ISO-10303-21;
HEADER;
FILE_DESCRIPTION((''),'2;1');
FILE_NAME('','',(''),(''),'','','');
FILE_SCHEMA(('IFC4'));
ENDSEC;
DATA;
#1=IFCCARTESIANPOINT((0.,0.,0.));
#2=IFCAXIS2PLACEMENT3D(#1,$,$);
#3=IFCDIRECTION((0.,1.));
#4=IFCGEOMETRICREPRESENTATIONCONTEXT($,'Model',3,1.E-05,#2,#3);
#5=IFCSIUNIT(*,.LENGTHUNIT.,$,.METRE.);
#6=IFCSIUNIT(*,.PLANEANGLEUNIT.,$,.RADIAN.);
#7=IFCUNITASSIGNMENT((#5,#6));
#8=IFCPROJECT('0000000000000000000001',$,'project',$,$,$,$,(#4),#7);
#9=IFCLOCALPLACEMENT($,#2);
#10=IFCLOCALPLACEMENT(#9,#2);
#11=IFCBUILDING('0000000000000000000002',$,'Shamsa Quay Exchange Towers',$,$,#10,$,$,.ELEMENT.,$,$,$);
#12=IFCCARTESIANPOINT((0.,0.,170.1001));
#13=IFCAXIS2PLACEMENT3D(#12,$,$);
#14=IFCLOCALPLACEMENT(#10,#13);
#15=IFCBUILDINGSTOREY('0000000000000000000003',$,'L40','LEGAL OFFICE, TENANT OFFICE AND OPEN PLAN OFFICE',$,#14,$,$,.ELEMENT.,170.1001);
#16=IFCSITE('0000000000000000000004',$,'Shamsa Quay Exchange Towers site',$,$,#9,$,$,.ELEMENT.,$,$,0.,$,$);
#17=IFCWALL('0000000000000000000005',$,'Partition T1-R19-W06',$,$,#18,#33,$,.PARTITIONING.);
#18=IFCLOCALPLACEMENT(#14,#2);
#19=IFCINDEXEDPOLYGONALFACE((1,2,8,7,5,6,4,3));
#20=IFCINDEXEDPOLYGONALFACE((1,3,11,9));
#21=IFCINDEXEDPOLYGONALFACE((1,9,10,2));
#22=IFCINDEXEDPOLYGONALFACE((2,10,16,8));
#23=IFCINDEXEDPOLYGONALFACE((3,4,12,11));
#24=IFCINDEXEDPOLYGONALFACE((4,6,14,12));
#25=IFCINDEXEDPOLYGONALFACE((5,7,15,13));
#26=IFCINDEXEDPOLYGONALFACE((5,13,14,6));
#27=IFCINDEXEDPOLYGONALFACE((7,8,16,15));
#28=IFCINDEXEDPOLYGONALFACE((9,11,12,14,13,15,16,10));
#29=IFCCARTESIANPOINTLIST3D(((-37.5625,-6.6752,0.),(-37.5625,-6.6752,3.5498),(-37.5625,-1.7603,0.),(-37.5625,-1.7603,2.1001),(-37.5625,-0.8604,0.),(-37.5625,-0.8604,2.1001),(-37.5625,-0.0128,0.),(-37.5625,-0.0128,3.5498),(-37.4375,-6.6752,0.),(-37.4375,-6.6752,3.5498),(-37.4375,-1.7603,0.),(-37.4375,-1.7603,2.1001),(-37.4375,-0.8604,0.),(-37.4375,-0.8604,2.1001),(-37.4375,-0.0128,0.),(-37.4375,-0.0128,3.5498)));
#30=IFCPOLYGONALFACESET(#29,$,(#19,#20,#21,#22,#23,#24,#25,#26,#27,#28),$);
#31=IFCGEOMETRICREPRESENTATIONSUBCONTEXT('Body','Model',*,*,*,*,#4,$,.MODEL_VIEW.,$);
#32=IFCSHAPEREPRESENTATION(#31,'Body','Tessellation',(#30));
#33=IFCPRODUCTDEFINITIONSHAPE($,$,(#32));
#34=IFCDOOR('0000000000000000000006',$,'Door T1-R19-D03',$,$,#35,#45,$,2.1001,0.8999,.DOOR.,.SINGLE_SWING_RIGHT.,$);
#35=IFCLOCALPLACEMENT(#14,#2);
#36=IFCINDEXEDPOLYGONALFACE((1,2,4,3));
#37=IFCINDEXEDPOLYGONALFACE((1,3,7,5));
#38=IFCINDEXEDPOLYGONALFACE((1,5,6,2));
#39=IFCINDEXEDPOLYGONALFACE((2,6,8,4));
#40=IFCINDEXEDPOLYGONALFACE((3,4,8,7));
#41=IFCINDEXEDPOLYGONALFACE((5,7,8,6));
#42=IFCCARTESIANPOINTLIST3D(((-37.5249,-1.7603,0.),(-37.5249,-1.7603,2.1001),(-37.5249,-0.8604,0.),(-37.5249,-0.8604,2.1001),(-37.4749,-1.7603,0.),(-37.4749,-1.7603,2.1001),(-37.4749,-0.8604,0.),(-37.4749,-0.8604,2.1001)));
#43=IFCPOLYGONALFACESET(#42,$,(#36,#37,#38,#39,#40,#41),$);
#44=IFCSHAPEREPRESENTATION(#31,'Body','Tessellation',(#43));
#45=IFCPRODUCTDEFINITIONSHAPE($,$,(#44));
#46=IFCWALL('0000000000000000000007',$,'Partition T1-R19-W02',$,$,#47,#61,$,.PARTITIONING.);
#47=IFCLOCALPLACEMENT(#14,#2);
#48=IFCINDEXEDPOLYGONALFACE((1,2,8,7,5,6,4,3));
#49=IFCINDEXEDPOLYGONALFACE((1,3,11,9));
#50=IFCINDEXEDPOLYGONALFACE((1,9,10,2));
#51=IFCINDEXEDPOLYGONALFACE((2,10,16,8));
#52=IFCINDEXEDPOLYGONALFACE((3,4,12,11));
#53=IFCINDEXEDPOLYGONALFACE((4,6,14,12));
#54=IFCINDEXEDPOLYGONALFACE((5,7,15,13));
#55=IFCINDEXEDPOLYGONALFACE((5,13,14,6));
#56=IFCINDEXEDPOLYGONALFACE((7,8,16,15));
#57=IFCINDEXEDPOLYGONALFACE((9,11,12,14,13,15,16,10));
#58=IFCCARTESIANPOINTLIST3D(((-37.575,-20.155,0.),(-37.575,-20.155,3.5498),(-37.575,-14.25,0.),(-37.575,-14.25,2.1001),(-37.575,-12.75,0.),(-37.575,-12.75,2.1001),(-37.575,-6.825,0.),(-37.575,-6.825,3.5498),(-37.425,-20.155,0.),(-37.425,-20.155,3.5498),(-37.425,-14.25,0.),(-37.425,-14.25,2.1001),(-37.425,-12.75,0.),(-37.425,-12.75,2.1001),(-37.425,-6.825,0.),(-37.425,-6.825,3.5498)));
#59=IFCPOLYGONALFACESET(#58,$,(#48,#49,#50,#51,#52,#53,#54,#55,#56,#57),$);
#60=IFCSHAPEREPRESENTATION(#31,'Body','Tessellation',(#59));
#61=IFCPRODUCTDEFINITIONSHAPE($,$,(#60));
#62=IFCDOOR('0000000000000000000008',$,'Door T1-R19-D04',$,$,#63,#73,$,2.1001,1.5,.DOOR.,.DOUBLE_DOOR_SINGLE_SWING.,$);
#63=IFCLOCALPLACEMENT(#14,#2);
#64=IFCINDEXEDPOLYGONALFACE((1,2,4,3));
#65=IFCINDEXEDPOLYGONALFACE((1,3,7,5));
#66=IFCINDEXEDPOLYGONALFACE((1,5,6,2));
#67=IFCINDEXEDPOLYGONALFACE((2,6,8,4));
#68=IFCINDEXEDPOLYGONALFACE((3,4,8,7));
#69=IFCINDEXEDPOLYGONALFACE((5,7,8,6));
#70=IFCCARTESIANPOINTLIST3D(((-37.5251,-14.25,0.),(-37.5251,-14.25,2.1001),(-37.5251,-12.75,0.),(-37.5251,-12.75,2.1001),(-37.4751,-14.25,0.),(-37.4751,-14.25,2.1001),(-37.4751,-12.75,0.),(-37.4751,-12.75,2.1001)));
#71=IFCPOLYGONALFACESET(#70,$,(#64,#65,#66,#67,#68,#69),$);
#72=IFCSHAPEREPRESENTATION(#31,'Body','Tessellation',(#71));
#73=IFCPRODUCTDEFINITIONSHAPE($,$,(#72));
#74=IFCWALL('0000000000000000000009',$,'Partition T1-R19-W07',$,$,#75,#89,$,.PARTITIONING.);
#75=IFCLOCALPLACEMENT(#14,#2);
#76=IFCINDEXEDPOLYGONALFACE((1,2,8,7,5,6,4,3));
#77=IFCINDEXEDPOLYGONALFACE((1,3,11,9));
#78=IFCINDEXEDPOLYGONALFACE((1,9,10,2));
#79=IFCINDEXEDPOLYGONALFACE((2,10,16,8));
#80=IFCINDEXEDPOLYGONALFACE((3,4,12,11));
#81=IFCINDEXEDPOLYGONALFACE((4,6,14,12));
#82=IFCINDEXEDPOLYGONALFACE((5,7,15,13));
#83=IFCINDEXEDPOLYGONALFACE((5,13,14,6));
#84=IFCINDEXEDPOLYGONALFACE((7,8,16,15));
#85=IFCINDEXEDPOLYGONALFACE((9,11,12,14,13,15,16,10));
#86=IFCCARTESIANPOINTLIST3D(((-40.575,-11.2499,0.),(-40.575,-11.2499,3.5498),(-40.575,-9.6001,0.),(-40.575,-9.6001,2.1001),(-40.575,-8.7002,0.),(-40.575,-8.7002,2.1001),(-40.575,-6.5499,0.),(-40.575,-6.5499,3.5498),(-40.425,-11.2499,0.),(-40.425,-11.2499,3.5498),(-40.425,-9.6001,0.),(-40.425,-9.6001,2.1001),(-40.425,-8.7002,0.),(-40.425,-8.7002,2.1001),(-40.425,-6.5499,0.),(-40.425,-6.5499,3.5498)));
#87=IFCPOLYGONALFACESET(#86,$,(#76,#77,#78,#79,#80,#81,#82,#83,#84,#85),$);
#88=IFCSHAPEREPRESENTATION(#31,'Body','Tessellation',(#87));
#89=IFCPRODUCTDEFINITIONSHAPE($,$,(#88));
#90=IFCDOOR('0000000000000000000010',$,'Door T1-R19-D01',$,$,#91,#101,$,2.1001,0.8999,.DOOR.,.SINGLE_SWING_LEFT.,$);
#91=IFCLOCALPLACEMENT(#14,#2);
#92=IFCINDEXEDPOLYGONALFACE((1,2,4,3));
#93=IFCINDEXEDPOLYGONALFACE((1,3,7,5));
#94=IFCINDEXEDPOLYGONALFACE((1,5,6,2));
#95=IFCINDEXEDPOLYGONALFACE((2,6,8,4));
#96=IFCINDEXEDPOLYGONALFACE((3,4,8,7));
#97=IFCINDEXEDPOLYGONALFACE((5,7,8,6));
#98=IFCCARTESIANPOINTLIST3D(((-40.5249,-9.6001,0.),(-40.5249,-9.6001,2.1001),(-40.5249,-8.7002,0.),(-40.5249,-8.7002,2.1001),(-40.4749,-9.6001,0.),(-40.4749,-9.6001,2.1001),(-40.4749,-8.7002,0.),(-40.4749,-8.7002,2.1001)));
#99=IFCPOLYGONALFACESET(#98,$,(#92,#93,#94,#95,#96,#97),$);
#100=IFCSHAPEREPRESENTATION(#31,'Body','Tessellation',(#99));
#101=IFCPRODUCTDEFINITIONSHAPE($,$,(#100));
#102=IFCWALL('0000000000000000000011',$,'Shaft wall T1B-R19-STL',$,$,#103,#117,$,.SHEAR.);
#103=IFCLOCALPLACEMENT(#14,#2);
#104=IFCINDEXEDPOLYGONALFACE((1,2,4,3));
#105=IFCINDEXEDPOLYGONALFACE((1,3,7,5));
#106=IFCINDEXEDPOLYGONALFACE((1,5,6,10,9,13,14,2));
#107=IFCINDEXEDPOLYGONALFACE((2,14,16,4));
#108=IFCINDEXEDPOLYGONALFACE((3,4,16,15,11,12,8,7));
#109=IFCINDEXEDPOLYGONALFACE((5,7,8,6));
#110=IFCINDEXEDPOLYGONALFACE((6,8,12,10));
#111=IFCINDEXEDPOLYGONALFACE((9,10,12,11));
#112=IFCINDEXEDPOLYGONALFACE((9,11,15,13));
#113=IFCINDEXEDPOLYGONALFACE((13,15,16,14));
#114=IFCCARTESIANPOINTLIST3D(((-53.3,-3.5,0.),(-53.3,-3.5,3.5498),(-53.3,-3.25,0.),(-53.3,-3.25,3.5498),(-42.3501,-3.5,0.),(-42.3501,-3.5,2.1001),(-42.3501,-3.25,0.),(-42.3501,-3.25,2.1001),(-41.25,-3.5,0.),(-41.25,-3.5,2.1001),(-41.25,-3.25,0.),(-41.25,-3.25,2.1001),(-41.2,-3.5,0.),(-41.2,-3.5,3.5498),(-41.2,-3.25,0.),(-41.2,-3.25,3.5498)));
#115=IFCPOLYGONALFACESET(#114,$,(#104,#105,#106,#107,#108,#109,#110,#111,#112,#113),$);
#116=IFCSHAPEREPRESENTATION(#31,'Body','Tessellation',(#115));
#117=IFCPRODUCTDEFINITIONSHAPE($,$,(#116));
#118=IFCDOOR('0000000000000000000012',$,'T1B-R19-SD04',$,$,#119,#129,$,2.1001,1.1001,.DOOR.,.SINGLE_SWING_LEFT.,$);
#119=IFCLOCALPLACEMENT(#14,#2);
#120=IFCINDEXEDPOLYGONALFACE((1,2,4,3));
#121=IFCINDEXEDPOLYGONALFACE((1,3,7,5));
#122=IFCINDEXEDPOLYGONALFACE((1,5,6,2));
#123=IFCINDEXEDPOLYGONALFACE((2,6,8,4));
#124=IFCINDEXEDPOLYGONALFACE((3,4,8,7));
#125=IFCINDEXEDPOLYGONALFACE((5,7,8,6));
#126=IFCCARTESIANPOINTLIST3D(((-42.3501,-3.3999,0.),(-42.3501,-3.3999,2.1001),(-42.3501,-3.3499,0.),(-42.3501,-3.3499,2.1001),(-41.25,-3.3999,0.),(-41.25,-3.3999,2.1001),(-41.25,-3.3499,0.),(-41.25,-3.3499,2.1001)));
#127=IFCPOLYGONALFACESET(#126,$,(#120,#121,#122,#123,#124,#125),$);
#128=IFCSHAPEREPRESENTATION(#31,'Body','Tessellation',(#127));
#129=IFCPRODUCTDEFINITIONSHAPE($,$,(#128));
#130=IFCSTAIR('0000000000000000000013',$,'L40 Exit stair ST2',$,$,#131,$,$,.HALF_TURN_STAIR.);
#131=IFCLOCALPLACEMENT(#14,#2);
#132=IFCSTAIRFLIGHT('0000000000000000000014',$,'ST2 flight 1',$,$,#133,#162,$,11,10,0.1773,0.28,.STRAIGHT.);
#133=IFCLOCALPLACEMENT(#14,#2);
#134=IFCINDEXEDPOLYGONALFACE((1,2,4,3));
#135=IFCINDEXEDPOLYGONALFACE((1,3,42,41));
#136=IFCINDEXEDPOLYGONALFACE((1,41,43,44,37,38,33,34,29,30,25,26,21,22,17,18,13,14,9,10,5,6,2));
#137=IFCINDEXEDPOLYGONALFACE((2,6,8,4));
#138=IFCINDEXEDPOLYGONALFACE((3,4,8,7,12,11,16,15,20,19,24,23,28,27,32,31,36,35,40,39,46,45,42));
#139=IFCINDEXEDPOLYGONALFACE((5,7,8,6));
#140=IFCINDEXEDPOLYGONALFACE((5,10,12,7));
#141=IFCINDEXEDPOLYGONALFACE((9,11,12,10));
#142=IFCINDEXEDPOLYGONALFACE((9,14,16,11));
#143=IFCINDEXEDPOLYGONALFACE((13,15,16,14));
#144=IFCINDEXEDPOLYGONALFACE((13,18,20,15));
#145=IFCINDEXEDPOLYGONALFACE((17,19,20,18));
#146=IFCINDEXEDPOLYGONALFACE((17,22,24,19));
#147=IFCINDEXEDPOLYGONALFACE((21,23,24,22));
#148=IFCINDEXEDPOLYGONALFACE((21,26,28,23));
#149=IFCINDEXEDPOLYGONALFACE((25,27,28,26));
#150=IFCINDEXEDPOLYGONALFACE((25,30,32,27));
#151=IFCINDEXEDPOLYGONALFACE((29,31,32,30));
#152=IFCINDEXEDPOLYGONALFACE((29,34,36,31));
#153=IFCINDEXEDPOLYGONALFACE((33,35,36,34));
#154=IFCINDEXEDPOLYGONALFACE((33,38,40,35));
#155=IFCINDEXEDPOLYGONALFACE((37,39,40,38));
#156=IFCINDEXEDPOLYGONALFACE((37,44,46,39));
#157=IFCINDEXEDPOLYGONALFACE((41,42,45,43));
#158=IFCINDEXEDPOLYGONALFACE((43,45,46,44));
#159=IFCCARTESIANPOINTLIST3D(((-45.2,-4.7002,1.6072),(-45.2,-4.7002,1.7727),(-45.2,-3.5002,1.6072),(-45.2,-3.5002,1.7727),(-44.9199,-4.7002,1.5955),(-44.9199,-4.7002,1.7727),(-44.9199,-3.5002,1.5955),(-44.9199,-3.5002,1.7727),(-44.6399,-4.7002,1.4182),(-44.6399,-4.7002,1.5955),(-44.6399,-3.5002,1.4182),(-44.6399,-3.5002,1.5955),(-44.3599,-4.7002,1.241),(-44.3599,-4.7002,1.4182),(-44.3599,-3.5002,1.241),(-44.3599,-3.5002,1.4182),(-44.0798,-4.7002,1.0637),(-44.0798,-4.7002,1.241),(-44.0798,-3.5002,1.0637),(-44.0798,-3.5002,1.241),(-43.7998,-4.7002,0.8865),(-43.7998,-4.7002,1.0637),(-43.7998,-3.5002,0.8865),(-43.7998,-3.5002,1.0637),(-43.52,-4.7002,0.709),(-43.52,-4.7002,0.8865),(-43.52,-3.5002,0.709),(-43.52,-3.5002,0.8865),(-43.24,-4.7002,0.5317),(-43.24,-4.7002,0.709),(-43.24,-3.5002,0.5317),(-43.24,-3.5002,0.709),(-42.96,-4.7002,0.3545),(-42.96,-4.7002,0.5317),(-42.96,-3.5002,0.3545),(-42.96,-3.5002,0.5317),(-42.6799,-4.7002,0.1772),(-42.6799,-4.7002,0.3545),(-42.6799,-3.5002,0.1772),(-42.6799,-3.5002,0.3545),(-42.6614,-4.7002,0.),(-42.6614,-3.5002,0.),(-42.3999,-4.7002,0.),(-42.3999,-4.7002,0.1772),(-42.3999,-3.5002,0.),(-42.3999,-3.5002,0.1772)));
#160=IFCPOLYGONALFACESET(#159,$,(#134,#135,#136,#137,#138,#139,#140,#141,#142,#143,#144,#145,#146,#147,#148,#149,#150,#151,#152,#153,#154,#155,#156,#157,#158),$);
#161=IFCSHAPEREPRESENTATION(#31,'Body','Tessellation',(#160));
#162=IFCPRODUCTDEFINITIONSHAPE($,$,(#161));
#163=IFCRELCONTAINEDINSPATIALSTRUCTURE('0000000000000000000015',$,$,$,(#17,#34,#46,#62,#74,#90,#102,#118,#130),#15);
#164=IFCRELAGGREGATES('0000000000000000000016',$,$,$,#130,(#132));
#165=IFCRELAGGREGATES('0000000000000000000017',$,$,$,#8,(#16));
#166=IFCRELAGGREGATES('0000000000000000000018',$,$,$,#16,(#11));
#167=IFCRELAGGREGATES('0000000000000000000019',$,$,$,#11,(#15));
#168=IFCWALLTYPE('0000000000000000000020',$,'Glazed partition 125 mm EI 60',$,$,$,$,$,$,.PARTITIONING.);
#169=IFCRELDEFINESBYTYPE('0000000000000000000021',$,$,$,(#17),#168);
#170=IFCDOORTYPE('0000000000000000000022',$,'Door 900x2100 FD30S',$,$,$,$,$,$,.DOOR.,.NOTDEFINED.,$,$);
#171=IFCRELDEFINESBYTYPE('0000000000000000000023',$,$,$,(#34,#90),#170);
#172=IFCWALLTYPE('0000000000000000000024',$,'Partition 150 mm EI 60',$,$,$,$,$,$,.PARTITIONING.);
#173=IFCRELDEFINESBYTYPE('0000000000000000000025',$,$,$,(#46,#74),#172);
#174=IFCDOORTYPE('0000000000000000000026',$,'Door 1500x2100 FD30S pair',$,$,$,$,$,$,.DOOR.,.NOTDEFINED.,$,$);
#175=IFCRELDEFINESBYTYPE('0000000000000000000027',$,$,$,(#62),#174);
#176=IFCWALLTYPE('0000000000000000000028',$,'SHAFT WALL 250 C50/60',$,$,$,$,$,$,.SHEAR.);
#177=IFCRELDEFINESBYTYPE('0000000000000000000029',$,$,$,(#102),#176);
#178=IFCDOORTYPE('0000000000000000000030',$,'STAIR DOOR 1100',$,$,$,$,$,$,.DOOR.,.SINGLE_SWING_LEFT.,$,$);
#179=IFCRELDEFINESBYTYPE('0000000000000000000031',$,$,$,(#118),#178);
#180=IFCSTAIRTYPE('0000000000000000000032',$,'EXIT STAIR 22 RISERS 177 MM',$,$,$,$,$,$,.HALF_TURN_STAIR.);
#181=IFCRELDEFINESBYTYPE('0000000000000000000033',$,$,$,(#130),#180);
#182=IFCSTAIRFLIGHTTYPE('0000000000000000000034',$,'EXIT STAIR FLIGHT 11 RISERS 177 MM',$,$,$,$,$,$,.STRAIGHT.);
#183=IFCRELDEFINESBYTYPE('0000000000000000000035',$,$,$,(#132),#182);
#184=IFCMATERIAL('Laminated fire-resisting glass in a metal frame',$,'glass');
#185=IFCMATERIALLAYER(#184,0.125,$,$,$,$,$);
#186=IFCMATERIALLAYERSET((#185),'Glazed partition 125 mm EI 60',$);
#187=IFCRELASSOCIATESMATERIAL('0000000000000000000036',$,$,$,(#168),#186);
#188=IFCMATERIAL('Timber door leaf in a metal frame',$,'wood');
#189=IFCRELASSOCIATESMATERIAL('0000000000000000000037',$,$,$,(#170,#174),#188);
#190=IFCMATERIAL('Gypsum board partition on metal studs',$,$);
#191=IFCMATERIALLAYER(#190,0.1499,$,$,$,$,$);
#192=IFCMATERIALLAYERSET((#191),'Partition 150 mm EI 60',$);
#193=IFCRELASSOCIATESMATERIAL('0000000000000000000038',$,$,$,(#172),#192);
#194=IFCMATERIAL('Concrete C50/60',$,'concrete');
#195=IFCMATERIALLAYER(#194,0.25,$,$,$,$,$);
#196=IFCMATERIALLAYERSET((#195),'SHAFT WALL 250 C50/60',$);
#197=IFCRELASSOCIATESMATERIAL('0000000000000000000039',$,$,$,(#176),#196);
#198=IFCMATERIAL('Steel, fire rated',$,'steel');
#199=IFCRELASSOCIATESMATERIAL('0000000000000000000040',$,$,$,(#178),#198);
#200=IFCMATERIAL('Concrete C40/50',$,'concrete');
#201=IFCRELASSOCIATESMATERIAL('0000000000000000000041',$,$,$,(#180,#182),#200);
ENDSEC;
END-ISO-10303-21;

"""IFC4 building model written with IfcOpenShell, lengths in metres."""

from ifc_helpers import new_model, si_unit, direction, frame, frame_2d, origin, place, context, subcontext, project, spatial, polyline, rectangle, outline, extrude, material, layer, layer_set, type_object, element, fill, aggregate, save


model = new_model("IFC4")

# Units and contexts
model_context = context("Model", 3, precision=1e-05, world=origin(), true_north=direction((0.0, 1.0)))
body_context = subcontext(model_context, "Body", "Model", "MODEL_VIEW")
ifc_project = project(units=[si_unit("LENGTHUNIT", "METRE"), si_unit("PLANEANGLEUNIT", "RADIAN")], contexts=[model_context])

# Site, building, storey
site_placement = place(None, origin())
site = spatial("IfcSite", under=ifc_project, at=site_placement, Name="Shamsa Quay Exchange Towers site", CompositionType="ELEMENT", RefElevation=0.0)
building_placement = place(site_placement, origin())
building = spatial("IfcBuilding", under=site, at=building_placement, Name="Shamsa Quay Exchange Towers", CompositionType="ELEMENT")
storey_placement = place(building_placement, frame((0.0, 0.0, 170.1001)))
storey = spatial("IfcBuildingStorey", under=building, at=storey_placement, Name="L40", Description="LEGAL OFFICE, TENANT OFFICE AND OPEN PLAN OFFICE", CompositionType="ELEMENT", Elevation=170.1001)

# Walls, openings, doors
ifc_material_1 = material(Name="Steel, fire rated", Category="steel")
ifc_material_2 = material(Name="Laminated fire-resisting glass in a metal frame", Category="glass")
ifc_layer_1 = layer(ifc_material_2, 0.125)
ifc_layer_set_1 = layer_set([ifc_layer_1], Name="Glazed partition 125 mm EI 60")
wall_type_1 = type_object("IfcWallType", Name="Glazed partition 125 mm EI 60", PredefinedType="PARTITIONING", material=ifc_layer_set_1)
wall_1_placement = place(storey_placement, frame((-37.5, -6.675, 0.0), z_axis=(0.0, 0.0, 1.0), x_axis=(0.0, 1.0, 0.0)))
wall_1 = element("IfcWall", 1, at=wall_1_placement, inside=storey, type_object=wall_type_1, Name="Partition T1-R19-W06", PredefinedType="PARTITIONING", context=body_context, shape_type="SweptSolid", body=[
    extrude(rectangle(XDim=6.6624, YDim=0.125, at=frame_2d((3.3311, 0.0))), origin(), (0.0, 0.0, 1.0), 3.5498),
])
opening_1_placement = place(wall_1_placement, frame((4.9148, 0.0, 0.0)))
opening_1 = element("IfcOpeningElement", 2, at=opening_1_placement, cuts=wall_1, PredefinedType="OPENING", context=body_context, shape_type="SweptSolid", body=[
    extrude(rectangle(XDim=0.8999, YDim=2.1001, at=frame_2d((0.45, 1.05))), frame((0.0, 0.0725, 0.0), z_axis=(0.0, -1.0, 0.0), x_axis=(1.0, 0.0, 0.0)), (0.0, 0.0, 1.0), 0.145),
])
ifc_material_3 = material(Name="Timber door leaf in a metal frame", Category="wood")
door_type_1 = type_object("IfcDoorType", Name="Door 900x2100 FD30S", OperationType="NOTDEFINED", PredefinedType="DOOR", material=ifc_material_3)
door_1_placement = place(opening_1_placement, origin())
door_1 = element("IfcDoor", 3, at=door_1_placement, inside=storey, type_object=door_type_1, Name="Door T1-R19-D03", OperationType="SINGLE_SWING_RIGHT", OverallHeight=2.1001, OverallWidth=0.8999, PredefinedType="DOOR", context=body_context, shape_type="SweptSolid", body=[
    extrude(rectangle(XDim=0.8999, YDim=2.1001, at=frame_2d((0.45, 1.05))), frame((0.0, 0.0249, 0.0), z_axis=(0.0, -1.0, 0.0), x_axis=(1.0, 0.0, 0.0)), (0.0, 0.0, 1.0), 0.05),
])
fill(opening_1, door_1)
ifc_material_4 = material(Name="Gypsum board partition on metal studs")
ifc_layer_2 = layer(ifc_material_4, 0.1499)
ifc_layer_set_2 = layer_set([ifc_layer_2], Name="Partition 150 mm EI 60")
wall_type_2 = type_object("IfcWallType", Name="Partition 150 mm EI 60", PredefinedType="PARTITIONING", material=ifc_layer_set_2)
wall_2_placement = place(storey_placement, frame((-37.5, -6.825, 0.0), z_axis=(0.0, 0.0, 1.0), x_axis=(0.0, -1.0, 0.0)))
wall_2 = element("IfcWall", 4, at=wall_2_placement, inside=storey, type_object=wall_type_2, Name="Partition T1-R19-W02", PredefinedType="PARTITIONING", context=body_context, shape_type="SweptSolid", body=[
    extrude(rectangle(XDim=13.3301, YDim=0.1499, at=frame_2d((6.665, 0.0))), origin(), (0.0, 0.0, 1.0), 3.5498),
])
opening_2_placement = place(wall_2_placement, frame((5.925, 0.0, 0.0)))
opening_2 = element("IfcOpeningElement", 5, at=opening_2_placement, cuts=wall_2, PredefinedType="OPENING", context=body_context, shape_type="SweptSolid", body=[
    extrude(rectangle(XDim=1.5, YDim=2.1001, at=frame_2d((0.75, 1.05))), frame((0.0, 0.085, 0.0), z_axis=(0.0, -1.0, 0.0), x_axis=(1.0, 0.0, 0.0)), (0.0, 0.0, 1.0), 0.1699),
])
door_type_2 = type_object("IfcDoorType", Name="Door 1500x2100 FD30S pair", OperationType="NOTDEFINED", PredefinedType="DOOR", material=ifc_material_3)
door_2_placement = place(opening_2_placement, origin())
door_2 = element("IfcDoor", 6, at=door_2_placement, inside=storey, type_object=door_type_2, Name="Door T1-R19-D04", OperationType="DOUBLE_DOOR_SINGLE_SWING", OverallHeight=2.1001, OverallWidth=1.5, PredefinedType="DOOR", context=body_context, shape_type="SweptSolid", body=[
    extrude(rectangle(XDim=1.5, YDim=2.1001, at=frame_2d((0.75, 1.05))), frame((0.0, 0.0249, 0.0), z_axis=(0.0, -1.0, 0.0), x_axis=(1.0, 0.0, 0.0)), (0.0, 0.0, 1.0), 0.05),
])
fill(opening_2, door_2)
wall_3_placement = place(storey_placement, frame((-40.5, -11.25, 0.0), z_axis=(0.0, 0.0, 1.0), x_axis=(0.0, 1.0, 0.0)))
wall_3 = element("IfcWall", 7, at=wall_3_placement, inside=storey, type_object=wall_type_2, Name="Partition T1-R19-W07", PredefinedType="PARTITIONING", context=body_context, shape_type="SweptSolid", body=[
    extrude(rectangle(XDim=4.7, YDim=0.1499, at=frame_2d((2.3501, 0.0))), origin(), (0.0, 0.0, 1.0), 3.5498),
])
opening_3_placement = place(wall_3_placement, frame((1.6499, 0.0, 0.0)))
opening_3 = element("IfcOpeningElement", 8, at=opening_3_placement, cuts=wall_3, PredefinedType="OPENING", context=body_context, shape_type="SweptSolid", body=[
    extrude(rectangle(XDim=0.8999, YDim=2.1001, at=frame_2d((0.45, 1.05))), frame((0.0, 0.085, 0.0), z_axis=(0.0, -1.0, 0.0), x_axis=(1.0, 0.0, 0.0)), (0.0, 0.0, 1.0), 0.1699),
])
door_3_placement = place(opening_3_placement, origin())
door_3 = element("IfcDoor", 9, at=door_3_placement, inside=storey, type_object=door_type_1, Name="Door T1-R19-D01", OperationType="SINGLE_SWING_LEFT", OverallHeight=2.1001, OverallWidth=0.8999, PredefinedType="DOOR", context=body_context, shape_type="SweptSolid", body=[
    extrude(rectangle(XDim=0.8999, YDim=2.1001, at=frame_2d((0.45, 1.05))), frame((0.0, 0.0249, 0.0), z_axis=(0.0, -1.0, 0.0), x_axis=(1.0, 0.0, 0.0)), (0.0, 0.0, 1.0), 0.05),
])
fill(opening_3, door_3)
ifc_material_5 = material(Name="Concrete C50/60", Category="concrete")
ifc_layer_3 = layer(ifc_material_5, 0.25)
ifc_layer_set_3 = layer_set([ifc_layer_3], Name="SHAFT WALL 250 C50/60")
wall_type_3 = type_object("IfcWallType", Name="SHAFT WALL 250 C50/60", PredefinedType="SHEAR", material=ifc_layer_set_3)
wall_4_placement = place(storey_placement, frame((-41.2, -3.375, 0.0), z_axis=(0.0, 0.0, 1.0), x_axis=(-1.0, 0.0, 0.0)))
wall_4 = element("IfcWall", 10, at=wall_4_placement, inside=storey, type_object=wall_type_3, Name="Shaft wall T1B-R19-STL", PredefinedType="SHEAR", context=body_context, shape_type="SweptSolid", body=[
    extrude(rectangle(XDim=12.1001, YDim=0.25, at=frame_2d((6.05, 0.0))), origin(), (0.0, 0.0, 1.0), 3.5498),
])
opening_4_placement = place(wall_4_placement, frame((0.05, 0.0, 0.0)))
opening_4 = element("IfcOpeningElement", 11, at=opening_4_placement, cuts=wall_4, PredefinedType="OPENING", context=body_context, shape_type="SweptSolid", body=[
    extrude(rectangle(XDim=1.1001, YDim=2.1001, at=frame_2d((0.55, 1.05))), frame((0.0, 0.135, 0.0), z_axis=(0.0, -1.0, 0.0), x_axis=(1.0, 0.0, 0.0)), (0.0, 0.0, 1.0), 0.27),
])
door_type_3 = type_object("IfcDoorType", Name="STAIR DOOR 1100", OperationType="SINGLE_SWING_LEFT", PredefinedType="DOOR", material=ifc_material_1)
door_4_placement = place(opening_4_placement, origin())
door_4 = element("IfcDoor", 12, at=door_4_placement, inside=storey, type_object=door_type_3, Name="T1B-R19-SD04", OperationType="SINGLE_SWING_LEFT", OverallHeight=2.1001, OverallWidth=1.1001, PredefinedType="DOOR", context=body_context, shape_type="SweptSolid", body=[
    extrude(rectangle(XDim=1.1001, YDim=2.1001, at=frame_2d((0.55, 1.05))), frame((0.0, 0.0249, 0.0), z_axis=(0.0, -1.0, 0.0), x_axis=(1.0, 0.0, 0.0)), (0.0, 0.0, 1.0), 0.05),
])
fill(opening_4, door_4)

# Stair, stair flight
ifc_material_6 = material(Name="Concrete C40/50", Category="concrete")
stair_type = type_object("IfcStairType", Name="EXIT STAIR 22 RISERS 177 MM", PredefinedType="HALF_TURN_STAIR", material=ifc_material_6)
stair_placement = place(storey_placement, origin())
stair = element("IfcStair", 13, at=stair_placement, inside=storey, type_object=stair_type, Name="L40 Exit stair ST2", PredefinedType="HALF_TURN_STAIR")
stair_flight_type = type_object("IfcStairFlightType", Name="EXIT STAIR FLIGHT 11 RISERS 177 MM", PredefinedType="STRAIGHT", material=ifc_material_6)
stair_flight_placement = place(storey_placement, frame((-42.3999, -4.1001, 0.0), z_axis=(0.0, 0.0, 1.0), x_axis=(-1.0, 0.0, 0.0)))
stair_flight = element("IfcStairFlight", 14, at=stair_flight_placement, type_object=stair_flight_type, Name="ST2 flight 1", NumberOfRisers=11, NumberOfTreads=10, PredefinedType="STRAIGHT", RiserHeight=0.1773, TreadLength=0.28, context=body_context, shape_type="SweptSolid", body=[
    extrude(outline(polyline([(0.0, 0.0), (0.0, 0.1772), (0.28, 0.1772), (0.28, 0.3545), (0.5601, 0.3545), (0.5601, 0.5317), (0.8401, 0.5317), (0.8401, 0.709), (1.1201, 0.709), (1.1201, 0.8865), (1.3999, 0.8865), (1.3999, 1.0637), (1.6799, 1.0637), (1.6799, 1.241), (1.96, 1.241), (1.96, 1.4182), (2.24, 1.4182), (2.24, 1.5955), (2.52, 1.5955), (2.52, 1.7727), (2.8, 1.7727), (2.8, 1.95), (2.8, 1.6072), (0.2615, 0.0), (0.0, 0.0)])), frame((0.0, 0.6001, 0.0), z_axis=(0.0, -1.0, 0.0), x_axis=(1.0, 0.0, 0.0)), (0.0, 0.0, 1.0), 1.2),
])
aggregate(stair, [stair_flight])

save(model, "model.ifc")
